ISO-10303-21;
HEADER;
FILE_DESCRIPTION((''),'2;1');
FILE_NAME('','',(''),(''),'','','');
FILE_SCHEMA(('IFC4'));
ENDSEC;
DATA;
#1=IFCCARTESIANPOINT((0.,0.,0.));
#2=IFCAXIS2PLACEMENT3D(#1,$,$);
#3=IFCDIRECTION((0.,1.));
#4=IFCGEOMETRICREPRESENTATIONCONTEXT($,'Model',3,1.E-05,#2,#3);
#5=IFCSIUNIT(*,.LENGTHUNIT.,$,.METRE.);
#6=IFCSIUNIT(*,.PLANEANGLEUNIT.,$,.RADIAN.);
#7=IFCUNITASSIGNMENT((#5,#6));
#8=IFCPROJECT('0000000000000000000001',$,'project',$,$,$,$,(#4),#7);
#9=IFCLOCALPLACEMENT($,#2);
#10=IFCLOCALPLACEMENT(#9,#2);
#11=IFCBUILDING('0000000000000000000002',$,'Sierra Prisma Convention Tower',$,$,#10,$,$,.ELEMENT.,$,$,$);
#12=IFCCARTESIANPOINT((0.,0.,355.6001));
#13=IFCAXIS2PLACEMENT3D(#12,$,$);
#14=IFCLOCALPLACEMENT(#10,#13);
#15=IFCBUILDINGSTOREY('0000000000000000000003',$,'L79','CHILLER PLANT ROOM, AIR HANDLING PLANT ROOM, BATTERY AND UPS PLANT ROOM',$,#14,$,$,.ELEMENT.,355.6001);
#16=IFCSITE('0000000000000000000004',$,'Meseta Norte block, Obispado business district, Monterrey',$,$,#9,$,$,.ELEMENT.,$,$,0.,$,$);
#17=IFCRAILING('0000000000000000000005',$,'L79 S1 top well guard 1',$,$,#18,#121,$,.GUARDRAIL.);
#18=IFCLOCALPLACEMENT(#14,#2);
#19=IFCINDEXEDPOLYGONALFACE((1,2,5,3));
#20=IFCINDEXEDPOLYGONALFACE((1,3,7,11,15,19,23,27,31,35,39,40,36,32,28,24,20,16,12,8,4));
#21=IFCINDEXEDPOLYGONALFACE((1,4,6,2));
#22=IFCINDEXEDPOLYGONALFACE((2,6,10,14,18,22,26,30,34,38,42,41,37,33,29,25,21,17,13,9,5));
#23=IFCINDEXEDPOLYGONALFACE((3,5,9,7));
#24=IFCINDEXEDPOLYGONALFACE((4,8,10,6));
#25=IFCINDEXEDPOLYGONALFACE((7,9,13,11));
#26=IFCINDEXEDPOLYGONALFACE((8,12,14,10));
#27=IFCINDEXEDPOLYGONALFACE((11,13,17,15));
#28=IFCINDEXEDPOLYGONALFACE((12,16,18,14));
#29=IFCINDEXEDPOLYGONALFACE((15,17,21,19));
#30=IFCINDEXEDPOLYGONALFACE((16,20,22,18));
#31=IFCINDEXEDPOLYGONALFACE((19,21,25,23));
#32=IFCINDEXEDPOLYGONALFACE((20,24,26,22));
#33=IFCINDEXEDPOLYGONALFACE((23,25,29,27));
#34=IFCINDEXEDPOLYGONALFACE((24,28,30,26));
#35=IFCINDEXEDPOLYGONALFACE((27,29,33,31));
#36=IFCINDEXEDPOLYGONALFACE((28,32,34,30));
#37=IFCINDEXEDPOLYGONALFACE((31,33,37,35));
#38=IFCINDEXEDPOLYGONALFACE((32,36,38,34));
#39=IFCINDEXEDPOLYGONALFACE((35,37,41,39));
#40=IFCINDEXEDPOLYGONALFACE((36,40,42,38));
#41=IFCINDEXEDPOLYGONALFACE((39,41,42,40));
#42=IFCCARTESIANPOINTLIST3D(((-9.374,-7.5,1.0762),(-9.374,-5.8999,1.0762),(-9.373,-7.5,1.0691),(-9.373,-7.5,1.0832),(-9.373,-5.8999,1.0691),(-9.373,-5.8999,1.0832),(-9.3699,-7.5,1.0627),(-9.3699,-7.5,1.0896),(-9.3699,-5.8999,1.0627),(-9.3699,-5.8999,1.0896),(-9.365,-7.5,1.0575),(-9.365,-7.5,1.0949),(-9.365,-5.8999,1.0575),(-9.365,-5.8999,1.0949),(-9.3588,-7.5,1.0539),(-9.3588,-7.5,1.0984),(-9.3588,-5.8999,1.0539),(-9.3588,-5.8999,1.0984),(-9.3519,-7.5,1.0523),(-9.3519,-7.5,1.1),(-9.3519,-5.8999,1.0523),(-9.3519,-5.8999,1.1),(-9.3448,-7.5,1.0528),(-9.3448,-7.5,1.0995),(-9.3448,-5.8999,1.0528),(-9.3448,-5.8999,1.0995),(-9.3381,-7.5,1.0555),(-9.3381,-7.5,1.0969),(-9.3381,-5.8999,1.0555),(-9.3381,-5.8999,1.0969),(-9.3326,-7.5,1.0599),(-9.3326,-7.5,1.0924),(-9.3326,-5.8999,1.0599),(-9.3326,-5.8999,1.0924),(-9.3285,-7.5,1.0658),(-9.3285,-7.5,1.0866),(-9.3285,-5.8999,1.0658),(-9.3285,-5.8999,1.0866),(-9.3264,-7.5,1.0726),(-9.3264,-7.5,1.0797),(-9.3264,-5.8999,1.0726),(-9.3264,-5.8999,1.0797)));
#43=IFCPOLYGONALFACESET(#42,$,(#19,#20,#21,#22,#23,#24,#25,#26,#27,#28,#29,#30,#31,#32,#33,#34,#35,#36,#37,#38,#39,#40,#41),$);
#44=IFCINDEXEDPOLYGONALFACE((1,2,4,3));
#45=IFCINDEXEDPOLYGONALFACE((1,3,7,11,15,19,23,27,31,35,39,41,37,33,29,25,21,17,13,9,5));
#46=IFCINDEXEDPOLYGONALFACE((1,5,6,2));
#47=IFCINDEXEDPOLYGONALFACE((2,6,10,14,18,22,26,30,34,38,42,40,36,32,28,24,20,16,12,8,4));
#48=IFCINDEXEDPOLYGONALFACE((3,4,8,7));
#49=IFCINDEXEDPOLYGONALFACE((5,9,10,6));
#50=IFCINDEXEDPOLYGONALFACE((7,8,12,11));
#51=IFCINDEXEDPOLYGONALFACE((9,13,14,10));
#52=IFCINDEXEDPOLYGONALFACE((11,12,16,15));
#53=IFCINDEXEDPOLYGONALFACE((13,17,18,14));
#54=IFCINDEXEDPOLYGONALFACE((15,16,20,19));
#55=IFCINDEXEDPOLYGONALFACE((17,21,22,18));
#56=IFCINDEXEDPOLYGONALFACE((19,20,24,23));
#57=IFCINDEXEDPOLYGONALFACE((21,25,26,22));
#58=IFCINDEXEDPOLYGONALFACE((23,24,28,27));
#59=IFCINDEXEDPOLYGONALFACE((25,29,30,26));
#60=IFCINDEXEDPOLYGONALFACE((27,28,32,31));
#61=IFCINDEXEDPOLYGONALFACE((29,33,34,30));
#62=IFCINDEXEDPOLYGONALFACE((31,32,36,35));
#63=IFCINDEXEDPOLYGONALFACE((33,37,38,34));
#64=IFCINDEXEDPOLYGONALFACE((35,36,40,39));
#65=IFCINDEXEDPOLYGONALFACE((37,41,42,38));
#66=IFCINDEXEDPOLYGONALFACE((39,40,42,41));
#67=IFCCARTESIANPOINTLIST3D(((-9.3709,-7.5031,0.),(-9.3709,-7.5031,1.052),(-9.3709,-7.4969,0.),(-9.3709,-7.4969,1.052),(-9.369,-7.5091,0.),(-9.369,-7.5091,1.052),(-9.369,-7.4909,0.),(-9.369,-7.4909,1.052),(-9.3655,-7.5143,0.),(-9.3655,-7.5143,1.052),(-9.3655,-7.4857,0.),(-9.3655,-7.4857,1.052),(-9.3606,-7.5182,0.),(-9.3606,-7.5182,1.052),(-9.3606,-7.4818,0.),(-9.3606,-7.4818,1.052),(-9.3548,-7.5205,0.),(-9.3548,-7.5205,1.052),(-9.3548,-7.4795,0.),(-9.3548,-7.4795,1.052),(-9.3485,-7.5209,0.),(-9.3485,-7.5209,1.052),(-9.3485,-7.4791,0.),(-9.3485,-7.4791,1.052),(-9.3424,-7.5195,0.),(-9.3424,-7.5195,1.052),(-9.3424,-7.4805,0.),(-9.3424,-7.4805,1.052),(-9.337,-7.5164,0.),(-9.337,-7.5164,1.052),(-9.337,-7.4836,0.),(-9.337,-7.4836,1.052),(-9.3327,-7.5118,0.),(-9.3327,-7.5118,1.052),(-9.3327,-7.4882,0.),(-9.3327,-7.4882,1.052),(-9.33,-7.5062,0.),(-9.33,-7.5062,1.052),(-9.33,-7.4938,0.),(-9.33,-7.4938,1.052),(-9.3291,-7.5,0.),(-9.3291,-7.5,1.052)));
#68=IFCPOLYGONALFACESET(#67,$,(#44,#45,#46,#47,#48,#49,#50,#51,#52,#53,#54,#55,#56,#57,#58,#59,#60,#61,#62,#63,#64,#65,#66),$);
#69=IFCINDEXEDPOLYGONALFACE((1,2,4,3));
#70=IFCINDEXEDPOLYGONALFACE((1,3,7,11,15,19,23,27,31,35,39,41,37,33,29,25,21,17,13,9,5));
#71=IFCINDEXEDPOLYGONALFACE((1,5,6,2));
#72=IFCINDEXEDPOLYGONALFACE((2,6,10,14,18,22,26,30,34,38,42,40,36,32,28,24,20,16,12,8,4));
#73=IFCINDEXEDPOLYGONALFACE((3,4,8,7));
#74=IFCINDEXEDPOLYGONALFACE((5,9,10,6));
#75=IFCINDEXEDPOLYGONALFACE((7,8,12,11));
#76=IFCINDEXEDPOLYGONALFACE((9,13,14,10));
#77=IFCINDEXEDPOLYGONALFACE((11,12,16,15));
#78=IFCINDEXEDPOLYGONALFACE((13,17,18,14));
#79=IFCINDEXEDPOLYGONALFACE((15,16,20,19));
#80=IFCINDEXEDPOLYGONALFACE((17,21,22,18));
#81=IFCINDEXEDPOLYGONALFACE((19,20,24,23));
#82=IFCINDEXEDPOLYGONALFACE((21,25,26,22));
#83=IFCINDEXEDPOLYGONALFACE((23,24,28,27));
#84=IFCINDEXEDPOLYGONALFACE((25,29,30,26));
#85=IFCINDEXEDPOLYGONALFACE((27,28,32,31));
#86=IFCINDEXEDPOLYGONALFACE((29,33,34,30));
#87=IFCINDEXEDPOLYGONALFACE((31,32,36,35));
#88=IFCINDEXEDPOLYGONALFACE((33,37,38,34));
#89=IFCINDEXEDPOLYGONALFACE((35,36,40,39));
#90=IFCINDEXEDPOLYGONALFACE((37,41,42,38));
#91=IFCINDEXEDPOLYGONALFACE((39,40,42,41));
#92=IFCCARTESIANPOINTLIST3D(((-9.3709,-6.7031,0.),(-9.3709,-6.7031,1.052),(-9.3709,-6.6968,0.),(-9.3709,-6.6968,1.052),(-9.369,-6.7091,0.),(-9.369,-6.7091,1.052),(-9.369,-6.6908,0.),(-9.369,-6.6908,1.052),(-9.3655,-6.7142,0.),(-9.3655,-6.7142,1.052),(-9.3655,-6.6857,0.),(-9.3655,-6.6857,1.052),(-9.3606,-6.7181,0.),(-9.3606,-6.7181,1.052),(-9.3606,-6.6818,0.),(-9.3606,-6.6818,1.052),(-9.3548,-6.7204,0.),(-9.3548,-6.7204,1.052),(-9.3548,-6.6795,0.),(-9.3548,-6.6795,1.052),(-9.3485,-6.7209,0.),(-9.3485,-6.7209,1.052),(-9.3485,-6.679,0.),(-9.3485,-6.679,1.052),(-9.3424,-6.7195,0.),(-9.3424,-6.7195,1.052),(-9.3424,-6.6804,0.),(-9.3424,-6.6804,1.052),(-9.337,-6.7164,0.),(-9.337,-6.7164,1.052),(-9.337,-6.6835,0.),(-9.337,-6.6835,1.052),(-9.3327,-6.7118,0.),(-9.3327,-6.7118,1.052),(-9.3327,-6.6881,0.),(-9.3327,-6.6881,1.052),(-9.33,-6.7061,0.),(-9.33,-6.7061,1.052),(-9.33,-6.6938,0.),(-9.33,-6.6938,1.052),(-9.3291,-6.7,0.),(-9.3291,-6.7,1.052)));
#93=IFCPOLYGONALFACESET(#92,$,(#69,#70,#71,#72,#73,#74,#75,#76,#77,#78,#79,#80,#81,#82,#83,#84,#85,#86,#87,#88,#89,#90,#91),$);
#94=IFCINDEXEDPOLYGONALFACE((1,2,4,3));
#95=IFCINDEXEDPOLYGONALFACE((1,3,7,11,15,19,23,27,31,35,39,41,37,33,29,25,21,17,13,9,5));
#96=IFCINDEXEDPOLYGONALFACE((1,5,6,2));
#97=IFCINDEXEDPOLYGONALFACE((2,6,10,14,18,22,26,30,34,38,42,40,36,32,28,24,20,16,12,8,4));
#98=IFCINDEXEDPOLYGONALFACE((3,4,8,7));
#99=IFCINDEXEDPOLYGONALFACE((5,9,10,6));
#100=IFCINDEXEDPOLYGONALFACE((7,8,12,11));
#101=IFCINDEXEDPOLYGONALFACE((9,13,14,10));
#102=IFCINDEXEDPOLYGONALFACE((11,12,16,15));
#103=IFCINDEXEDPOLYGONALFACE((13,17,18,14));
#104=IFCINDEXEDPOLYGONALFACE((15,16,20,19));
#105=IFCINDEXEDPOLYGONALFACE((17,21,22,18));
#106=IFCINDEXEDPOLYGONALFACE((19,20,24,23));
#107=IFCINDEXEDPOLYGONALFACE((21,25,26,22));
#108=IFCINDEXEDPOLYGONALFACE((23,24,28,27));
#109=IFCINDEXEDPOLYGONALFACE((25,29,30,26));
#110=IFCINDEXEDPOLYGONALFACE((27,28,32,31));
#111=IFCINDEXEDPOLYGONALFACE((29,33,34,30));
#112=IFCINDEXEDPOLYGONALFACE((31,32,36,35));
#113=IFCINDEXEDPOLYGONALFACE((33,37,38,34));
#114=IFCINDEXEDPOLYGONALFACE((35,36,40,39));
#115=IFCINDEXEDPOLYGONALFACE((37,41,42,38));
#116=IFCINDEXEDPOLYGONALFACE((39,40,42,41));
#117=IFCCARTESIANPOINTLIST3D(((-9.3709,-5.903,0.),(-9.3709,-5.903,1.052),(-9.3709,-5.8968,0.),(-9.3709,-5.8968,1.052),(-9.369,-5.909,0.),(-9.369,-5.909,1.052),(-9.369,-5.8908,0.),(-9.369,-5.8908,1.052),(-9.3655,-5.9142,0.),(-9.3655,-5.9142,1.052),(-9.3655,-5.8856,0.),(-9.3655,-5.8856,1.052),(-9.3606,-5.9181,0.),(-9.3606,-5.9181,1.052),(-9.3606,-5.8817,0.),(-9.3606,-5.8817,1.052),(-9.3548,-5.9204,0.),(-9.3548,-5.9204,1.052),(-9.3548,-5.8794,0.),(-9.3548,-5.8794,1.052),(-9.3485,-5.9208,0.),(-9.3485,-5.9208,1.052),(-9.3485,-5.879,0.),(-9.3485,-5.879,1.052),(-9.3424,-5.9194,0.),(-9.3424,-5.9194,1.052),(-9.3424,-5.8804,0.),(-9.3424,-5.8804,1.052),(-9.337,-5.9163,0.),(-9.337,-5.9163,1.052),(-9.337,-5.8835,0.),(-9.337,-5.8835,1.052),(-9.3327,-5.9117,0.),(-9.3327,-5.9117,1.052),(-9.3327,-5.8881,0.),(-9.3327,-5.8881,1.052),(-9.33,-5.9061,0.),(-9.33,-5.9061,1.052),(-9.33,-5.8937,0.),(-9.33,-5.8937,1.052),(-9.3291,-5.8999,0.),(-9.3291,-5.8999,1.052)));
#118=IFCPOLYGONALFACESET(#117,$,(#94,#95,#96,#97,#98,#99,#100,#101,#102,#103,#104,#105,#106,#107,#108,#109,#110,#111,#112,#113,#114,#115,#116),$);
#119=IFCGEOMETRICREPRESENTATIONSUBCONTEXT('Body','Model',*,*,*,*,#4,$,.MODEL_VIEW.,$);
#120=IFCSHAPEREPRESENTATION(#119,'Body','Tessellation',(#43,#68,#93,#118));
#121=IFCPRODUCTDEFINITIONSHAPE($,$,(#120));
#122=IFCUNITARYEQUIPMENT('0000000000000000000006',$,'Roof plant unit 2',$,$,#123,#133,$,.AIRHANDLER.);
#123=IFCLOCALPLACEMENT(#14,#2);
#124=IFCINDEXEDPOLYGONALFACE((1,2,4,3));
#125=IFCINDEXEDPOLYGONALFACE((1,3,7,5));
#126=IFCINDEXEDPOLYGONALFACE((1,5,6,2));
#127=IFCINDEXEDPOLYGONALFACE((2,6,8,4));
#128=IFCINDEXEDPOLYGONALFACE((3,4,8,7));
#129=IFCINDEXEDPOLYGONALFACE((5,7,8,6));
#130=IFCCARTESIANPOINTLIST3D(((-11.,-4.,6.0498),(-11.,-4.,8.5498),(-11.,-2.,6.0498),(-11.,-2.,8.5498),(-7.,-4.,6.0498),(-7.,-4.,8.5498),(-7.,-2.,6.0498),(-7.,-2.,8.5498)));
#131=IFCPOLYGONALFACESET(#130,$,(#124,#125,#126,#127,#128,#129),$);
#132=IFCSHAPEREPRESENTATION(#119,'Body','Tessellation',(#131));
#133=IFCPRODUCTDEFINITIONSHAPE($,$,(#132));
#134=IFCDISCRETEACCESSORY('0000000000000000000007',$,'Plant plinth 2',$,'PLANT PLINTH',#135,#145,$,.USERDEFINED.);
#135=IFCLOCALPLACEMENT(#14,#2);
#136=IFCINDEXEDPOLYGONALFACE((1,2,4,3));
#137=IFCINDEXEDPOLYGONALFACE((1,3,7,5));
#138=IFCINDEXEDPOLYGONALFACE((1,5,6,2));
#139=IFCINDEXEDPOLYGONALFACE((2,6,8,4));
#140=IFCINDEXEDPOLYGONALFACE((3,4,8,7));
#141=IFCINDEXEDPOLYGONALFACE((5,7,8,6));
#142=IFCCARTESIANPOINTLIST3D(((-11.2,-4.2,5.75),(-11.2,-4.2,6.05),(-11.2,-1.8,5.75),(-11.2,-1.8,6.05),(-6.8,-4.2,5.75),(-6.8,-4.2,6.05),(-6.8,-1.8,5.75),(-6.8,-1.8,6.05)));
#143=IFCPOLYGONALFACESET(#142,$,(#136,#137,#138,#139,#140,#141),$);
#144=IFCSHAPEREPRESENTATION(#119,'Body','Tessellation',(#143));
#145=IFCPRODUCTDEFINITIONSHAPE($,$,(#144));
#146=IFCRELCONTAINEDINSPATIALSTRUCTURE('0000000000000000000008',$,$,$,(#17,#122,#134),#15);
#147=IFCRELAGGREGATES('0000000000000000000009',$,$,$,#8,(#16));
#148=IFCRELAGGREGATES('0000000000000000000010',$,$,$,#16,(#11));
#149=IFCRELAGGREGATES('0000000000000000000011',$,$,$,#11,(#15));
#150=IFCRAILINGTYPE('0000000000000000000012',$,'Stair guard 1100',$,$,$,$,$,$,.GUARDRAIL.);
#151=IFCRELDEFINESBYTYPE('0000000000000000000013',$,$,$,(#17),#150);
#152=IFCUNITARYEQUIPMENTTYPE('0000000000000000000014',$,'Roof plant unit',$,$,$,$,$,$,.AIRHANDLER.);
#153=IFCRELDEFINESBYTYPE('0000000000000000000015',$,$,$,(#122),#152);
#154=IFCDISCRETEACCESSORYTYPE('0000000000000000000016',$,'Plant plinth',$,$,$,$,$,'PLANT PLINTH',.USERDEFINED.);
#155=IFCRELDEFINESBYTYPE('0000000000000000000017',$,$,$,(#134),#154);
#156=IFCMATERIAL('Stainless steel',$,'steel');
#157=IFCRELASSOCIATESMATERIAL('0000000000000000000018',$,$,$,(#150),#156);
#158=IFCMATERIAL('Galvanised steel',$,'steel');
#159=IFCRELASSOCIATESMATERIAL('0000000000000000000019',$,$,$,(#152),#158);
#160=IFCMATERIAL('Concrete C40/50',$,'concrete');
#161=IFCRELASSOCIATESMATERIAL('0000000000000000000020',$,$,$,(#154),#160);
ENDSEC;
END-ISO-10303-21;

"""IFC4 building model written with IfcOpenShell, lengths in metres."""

from ifc_helpers import new_model, si_unit, direction, frame, origin, origin_2d, place, context, subcontext, project, spatial, rectangle, circle, extrude, material, type_object, element, save


model = new_model("IFC4")

# Units and contexts
model_context = context("Model", 3, precision=1e-05, world=origin(), true_north=direction((0.0, 1.0)))
body_context = subcontext(model_context, "Body", "Model", "MODEL_VIEW")
ifc_project = project(units=[si_unit("LENGTHUNIT", "METRE"), si_unit("PLANEANGLEUNIT", "RADIAN")], contexts=[model_context])

# Site, building, storey
site_placement = place(None, origin())
site = spatial("IfcSite", under=ifc_project, at=site_placement, Name="Meseta Norte block, Obispado business district, Monterrey", CompositionType="ELEMENT", RefElevation=0.0)
building_placement = place(site_placement, origin())
building = spatial("IfcBuilding", under=site, at=building_placement, Name="Sierra Prisma Convention Tower", CompositionType="ELEMENT")
storey_placement = place(building_placement, frame((0.0, 0.0, 355.6001)))
storey = spatial("IfcBuildingStorey", under=building, at=storey_placement, Name="L79", Description="CHILLER PLANT ROOM, AIR HANDLING PLANT ROOM, BATTERY AND UPS PLANT ROOM", CompositionType="ELEMENT", Elevation=355.6001)

# Railing
ifc_material_1 = material(Name="Stainless steel", Category="steel")
railing_type = type_object("IfcRailingType", Name="Stair guard 1100", PredefinedType="GUARDRAIL", material=ifc_material_1)
railing_placement = place(storey_placement, frame((-9.3501, -7.5, 0.0)))
element("IfcRailing", 1, at=railing_placement, inside=storey, type_object=railing_type, Name="L79 S1 top well guard 1", PredefinedType="GUARDRAIL", context=body_context, shape_type="SweptSolid", body=[
    extrude(circle(Radius=0.0239, at=origin_2d()), frame((0.0, 0.0, 1.0762), z_axis=(0.0, 1.0, 0.0), x_axis=(-1.0, 0.0, 0.0)), (0.0, 0.0, 1.0), 1.6001),
    extrude(circle(Radius=0.021, at=origin_2d()), origin(), (0.0, 0.0, 1.0), 1.052),
    extrude(circle(Radius=0.021, at=origin_2d()), frame((0.0, 0.8, 0.0)), (0.0, 0.0, 1.0), 1.052),
    extrude(circle(Radius=0.021, at=origin_2d()), frame((0.0, 1.6001, 0.0)), (0.0, 0.0, 1.0), 1.052),
])

# Unitary equipment
ifc_material_2 = material(Name="Galvanised steel", Category="steel")
unitary_equipment_type = type_object("IfcUnitaryEquipmentType", Name="Roof plant unit", PredefinedType="AIRHANDLER", material=ifc_material_2)
unitary_equipment_placement = place(storey_placement, frame((-9.0, -3.0, 6.0498), z_axis=(0.0, 0.0, 1.0), x_axis=(1.0, 0.0, 0.0)))
element("IfcUnitaryEquipment", 2, at=unitary_equipment_placement, inside=storey, type_object=unitary_equipment_type, Name="Roof plant unit 2", PredefinedType="AIRHANDLER", context=body_context, shape_type="SweptSolid", body=[
    extrude(rectangle(XDim=4.0, YDim=2.0, at=origin_2d()), origin(), (0.0, 0.0, 1.0), 2.5),
])

# Discrete accessory
ifc_material_3 = material(Name="Concrete C40/50", Category="concrete")
discrete_accessory_type = type_object("IfcDiscreteAccessoryType", Name="Plant plinth", ElementType="PLANT PLINTH", PredefinedType="USERDEFINED", material=ifc_material_3)
discrete_accessory_placement = place(storey_placement, frame((-9.0, -3.0, 5.75), z_axis=(0.0, 0.0, 1.0), x_axis=(1.0, 0.0, 0.0)))
element("IfcDiscreteAccessory", 3, at=discrete_accessory_placement, inside=storey, type_object=discrete_accessory_type, Name="Plant plinth 2", ObjectType="PLANT PLINTH", PredefinedType="USERDEFINED", context=body_context, shape_type="SweptSolid", body=[
    extrude(rectangle(XDim=4.3999, YDim=2.3999, at=origin_2d()), origin(), (0.0, 0.0, 1.0), 0.3),
])

save(model, "model.ifc")
